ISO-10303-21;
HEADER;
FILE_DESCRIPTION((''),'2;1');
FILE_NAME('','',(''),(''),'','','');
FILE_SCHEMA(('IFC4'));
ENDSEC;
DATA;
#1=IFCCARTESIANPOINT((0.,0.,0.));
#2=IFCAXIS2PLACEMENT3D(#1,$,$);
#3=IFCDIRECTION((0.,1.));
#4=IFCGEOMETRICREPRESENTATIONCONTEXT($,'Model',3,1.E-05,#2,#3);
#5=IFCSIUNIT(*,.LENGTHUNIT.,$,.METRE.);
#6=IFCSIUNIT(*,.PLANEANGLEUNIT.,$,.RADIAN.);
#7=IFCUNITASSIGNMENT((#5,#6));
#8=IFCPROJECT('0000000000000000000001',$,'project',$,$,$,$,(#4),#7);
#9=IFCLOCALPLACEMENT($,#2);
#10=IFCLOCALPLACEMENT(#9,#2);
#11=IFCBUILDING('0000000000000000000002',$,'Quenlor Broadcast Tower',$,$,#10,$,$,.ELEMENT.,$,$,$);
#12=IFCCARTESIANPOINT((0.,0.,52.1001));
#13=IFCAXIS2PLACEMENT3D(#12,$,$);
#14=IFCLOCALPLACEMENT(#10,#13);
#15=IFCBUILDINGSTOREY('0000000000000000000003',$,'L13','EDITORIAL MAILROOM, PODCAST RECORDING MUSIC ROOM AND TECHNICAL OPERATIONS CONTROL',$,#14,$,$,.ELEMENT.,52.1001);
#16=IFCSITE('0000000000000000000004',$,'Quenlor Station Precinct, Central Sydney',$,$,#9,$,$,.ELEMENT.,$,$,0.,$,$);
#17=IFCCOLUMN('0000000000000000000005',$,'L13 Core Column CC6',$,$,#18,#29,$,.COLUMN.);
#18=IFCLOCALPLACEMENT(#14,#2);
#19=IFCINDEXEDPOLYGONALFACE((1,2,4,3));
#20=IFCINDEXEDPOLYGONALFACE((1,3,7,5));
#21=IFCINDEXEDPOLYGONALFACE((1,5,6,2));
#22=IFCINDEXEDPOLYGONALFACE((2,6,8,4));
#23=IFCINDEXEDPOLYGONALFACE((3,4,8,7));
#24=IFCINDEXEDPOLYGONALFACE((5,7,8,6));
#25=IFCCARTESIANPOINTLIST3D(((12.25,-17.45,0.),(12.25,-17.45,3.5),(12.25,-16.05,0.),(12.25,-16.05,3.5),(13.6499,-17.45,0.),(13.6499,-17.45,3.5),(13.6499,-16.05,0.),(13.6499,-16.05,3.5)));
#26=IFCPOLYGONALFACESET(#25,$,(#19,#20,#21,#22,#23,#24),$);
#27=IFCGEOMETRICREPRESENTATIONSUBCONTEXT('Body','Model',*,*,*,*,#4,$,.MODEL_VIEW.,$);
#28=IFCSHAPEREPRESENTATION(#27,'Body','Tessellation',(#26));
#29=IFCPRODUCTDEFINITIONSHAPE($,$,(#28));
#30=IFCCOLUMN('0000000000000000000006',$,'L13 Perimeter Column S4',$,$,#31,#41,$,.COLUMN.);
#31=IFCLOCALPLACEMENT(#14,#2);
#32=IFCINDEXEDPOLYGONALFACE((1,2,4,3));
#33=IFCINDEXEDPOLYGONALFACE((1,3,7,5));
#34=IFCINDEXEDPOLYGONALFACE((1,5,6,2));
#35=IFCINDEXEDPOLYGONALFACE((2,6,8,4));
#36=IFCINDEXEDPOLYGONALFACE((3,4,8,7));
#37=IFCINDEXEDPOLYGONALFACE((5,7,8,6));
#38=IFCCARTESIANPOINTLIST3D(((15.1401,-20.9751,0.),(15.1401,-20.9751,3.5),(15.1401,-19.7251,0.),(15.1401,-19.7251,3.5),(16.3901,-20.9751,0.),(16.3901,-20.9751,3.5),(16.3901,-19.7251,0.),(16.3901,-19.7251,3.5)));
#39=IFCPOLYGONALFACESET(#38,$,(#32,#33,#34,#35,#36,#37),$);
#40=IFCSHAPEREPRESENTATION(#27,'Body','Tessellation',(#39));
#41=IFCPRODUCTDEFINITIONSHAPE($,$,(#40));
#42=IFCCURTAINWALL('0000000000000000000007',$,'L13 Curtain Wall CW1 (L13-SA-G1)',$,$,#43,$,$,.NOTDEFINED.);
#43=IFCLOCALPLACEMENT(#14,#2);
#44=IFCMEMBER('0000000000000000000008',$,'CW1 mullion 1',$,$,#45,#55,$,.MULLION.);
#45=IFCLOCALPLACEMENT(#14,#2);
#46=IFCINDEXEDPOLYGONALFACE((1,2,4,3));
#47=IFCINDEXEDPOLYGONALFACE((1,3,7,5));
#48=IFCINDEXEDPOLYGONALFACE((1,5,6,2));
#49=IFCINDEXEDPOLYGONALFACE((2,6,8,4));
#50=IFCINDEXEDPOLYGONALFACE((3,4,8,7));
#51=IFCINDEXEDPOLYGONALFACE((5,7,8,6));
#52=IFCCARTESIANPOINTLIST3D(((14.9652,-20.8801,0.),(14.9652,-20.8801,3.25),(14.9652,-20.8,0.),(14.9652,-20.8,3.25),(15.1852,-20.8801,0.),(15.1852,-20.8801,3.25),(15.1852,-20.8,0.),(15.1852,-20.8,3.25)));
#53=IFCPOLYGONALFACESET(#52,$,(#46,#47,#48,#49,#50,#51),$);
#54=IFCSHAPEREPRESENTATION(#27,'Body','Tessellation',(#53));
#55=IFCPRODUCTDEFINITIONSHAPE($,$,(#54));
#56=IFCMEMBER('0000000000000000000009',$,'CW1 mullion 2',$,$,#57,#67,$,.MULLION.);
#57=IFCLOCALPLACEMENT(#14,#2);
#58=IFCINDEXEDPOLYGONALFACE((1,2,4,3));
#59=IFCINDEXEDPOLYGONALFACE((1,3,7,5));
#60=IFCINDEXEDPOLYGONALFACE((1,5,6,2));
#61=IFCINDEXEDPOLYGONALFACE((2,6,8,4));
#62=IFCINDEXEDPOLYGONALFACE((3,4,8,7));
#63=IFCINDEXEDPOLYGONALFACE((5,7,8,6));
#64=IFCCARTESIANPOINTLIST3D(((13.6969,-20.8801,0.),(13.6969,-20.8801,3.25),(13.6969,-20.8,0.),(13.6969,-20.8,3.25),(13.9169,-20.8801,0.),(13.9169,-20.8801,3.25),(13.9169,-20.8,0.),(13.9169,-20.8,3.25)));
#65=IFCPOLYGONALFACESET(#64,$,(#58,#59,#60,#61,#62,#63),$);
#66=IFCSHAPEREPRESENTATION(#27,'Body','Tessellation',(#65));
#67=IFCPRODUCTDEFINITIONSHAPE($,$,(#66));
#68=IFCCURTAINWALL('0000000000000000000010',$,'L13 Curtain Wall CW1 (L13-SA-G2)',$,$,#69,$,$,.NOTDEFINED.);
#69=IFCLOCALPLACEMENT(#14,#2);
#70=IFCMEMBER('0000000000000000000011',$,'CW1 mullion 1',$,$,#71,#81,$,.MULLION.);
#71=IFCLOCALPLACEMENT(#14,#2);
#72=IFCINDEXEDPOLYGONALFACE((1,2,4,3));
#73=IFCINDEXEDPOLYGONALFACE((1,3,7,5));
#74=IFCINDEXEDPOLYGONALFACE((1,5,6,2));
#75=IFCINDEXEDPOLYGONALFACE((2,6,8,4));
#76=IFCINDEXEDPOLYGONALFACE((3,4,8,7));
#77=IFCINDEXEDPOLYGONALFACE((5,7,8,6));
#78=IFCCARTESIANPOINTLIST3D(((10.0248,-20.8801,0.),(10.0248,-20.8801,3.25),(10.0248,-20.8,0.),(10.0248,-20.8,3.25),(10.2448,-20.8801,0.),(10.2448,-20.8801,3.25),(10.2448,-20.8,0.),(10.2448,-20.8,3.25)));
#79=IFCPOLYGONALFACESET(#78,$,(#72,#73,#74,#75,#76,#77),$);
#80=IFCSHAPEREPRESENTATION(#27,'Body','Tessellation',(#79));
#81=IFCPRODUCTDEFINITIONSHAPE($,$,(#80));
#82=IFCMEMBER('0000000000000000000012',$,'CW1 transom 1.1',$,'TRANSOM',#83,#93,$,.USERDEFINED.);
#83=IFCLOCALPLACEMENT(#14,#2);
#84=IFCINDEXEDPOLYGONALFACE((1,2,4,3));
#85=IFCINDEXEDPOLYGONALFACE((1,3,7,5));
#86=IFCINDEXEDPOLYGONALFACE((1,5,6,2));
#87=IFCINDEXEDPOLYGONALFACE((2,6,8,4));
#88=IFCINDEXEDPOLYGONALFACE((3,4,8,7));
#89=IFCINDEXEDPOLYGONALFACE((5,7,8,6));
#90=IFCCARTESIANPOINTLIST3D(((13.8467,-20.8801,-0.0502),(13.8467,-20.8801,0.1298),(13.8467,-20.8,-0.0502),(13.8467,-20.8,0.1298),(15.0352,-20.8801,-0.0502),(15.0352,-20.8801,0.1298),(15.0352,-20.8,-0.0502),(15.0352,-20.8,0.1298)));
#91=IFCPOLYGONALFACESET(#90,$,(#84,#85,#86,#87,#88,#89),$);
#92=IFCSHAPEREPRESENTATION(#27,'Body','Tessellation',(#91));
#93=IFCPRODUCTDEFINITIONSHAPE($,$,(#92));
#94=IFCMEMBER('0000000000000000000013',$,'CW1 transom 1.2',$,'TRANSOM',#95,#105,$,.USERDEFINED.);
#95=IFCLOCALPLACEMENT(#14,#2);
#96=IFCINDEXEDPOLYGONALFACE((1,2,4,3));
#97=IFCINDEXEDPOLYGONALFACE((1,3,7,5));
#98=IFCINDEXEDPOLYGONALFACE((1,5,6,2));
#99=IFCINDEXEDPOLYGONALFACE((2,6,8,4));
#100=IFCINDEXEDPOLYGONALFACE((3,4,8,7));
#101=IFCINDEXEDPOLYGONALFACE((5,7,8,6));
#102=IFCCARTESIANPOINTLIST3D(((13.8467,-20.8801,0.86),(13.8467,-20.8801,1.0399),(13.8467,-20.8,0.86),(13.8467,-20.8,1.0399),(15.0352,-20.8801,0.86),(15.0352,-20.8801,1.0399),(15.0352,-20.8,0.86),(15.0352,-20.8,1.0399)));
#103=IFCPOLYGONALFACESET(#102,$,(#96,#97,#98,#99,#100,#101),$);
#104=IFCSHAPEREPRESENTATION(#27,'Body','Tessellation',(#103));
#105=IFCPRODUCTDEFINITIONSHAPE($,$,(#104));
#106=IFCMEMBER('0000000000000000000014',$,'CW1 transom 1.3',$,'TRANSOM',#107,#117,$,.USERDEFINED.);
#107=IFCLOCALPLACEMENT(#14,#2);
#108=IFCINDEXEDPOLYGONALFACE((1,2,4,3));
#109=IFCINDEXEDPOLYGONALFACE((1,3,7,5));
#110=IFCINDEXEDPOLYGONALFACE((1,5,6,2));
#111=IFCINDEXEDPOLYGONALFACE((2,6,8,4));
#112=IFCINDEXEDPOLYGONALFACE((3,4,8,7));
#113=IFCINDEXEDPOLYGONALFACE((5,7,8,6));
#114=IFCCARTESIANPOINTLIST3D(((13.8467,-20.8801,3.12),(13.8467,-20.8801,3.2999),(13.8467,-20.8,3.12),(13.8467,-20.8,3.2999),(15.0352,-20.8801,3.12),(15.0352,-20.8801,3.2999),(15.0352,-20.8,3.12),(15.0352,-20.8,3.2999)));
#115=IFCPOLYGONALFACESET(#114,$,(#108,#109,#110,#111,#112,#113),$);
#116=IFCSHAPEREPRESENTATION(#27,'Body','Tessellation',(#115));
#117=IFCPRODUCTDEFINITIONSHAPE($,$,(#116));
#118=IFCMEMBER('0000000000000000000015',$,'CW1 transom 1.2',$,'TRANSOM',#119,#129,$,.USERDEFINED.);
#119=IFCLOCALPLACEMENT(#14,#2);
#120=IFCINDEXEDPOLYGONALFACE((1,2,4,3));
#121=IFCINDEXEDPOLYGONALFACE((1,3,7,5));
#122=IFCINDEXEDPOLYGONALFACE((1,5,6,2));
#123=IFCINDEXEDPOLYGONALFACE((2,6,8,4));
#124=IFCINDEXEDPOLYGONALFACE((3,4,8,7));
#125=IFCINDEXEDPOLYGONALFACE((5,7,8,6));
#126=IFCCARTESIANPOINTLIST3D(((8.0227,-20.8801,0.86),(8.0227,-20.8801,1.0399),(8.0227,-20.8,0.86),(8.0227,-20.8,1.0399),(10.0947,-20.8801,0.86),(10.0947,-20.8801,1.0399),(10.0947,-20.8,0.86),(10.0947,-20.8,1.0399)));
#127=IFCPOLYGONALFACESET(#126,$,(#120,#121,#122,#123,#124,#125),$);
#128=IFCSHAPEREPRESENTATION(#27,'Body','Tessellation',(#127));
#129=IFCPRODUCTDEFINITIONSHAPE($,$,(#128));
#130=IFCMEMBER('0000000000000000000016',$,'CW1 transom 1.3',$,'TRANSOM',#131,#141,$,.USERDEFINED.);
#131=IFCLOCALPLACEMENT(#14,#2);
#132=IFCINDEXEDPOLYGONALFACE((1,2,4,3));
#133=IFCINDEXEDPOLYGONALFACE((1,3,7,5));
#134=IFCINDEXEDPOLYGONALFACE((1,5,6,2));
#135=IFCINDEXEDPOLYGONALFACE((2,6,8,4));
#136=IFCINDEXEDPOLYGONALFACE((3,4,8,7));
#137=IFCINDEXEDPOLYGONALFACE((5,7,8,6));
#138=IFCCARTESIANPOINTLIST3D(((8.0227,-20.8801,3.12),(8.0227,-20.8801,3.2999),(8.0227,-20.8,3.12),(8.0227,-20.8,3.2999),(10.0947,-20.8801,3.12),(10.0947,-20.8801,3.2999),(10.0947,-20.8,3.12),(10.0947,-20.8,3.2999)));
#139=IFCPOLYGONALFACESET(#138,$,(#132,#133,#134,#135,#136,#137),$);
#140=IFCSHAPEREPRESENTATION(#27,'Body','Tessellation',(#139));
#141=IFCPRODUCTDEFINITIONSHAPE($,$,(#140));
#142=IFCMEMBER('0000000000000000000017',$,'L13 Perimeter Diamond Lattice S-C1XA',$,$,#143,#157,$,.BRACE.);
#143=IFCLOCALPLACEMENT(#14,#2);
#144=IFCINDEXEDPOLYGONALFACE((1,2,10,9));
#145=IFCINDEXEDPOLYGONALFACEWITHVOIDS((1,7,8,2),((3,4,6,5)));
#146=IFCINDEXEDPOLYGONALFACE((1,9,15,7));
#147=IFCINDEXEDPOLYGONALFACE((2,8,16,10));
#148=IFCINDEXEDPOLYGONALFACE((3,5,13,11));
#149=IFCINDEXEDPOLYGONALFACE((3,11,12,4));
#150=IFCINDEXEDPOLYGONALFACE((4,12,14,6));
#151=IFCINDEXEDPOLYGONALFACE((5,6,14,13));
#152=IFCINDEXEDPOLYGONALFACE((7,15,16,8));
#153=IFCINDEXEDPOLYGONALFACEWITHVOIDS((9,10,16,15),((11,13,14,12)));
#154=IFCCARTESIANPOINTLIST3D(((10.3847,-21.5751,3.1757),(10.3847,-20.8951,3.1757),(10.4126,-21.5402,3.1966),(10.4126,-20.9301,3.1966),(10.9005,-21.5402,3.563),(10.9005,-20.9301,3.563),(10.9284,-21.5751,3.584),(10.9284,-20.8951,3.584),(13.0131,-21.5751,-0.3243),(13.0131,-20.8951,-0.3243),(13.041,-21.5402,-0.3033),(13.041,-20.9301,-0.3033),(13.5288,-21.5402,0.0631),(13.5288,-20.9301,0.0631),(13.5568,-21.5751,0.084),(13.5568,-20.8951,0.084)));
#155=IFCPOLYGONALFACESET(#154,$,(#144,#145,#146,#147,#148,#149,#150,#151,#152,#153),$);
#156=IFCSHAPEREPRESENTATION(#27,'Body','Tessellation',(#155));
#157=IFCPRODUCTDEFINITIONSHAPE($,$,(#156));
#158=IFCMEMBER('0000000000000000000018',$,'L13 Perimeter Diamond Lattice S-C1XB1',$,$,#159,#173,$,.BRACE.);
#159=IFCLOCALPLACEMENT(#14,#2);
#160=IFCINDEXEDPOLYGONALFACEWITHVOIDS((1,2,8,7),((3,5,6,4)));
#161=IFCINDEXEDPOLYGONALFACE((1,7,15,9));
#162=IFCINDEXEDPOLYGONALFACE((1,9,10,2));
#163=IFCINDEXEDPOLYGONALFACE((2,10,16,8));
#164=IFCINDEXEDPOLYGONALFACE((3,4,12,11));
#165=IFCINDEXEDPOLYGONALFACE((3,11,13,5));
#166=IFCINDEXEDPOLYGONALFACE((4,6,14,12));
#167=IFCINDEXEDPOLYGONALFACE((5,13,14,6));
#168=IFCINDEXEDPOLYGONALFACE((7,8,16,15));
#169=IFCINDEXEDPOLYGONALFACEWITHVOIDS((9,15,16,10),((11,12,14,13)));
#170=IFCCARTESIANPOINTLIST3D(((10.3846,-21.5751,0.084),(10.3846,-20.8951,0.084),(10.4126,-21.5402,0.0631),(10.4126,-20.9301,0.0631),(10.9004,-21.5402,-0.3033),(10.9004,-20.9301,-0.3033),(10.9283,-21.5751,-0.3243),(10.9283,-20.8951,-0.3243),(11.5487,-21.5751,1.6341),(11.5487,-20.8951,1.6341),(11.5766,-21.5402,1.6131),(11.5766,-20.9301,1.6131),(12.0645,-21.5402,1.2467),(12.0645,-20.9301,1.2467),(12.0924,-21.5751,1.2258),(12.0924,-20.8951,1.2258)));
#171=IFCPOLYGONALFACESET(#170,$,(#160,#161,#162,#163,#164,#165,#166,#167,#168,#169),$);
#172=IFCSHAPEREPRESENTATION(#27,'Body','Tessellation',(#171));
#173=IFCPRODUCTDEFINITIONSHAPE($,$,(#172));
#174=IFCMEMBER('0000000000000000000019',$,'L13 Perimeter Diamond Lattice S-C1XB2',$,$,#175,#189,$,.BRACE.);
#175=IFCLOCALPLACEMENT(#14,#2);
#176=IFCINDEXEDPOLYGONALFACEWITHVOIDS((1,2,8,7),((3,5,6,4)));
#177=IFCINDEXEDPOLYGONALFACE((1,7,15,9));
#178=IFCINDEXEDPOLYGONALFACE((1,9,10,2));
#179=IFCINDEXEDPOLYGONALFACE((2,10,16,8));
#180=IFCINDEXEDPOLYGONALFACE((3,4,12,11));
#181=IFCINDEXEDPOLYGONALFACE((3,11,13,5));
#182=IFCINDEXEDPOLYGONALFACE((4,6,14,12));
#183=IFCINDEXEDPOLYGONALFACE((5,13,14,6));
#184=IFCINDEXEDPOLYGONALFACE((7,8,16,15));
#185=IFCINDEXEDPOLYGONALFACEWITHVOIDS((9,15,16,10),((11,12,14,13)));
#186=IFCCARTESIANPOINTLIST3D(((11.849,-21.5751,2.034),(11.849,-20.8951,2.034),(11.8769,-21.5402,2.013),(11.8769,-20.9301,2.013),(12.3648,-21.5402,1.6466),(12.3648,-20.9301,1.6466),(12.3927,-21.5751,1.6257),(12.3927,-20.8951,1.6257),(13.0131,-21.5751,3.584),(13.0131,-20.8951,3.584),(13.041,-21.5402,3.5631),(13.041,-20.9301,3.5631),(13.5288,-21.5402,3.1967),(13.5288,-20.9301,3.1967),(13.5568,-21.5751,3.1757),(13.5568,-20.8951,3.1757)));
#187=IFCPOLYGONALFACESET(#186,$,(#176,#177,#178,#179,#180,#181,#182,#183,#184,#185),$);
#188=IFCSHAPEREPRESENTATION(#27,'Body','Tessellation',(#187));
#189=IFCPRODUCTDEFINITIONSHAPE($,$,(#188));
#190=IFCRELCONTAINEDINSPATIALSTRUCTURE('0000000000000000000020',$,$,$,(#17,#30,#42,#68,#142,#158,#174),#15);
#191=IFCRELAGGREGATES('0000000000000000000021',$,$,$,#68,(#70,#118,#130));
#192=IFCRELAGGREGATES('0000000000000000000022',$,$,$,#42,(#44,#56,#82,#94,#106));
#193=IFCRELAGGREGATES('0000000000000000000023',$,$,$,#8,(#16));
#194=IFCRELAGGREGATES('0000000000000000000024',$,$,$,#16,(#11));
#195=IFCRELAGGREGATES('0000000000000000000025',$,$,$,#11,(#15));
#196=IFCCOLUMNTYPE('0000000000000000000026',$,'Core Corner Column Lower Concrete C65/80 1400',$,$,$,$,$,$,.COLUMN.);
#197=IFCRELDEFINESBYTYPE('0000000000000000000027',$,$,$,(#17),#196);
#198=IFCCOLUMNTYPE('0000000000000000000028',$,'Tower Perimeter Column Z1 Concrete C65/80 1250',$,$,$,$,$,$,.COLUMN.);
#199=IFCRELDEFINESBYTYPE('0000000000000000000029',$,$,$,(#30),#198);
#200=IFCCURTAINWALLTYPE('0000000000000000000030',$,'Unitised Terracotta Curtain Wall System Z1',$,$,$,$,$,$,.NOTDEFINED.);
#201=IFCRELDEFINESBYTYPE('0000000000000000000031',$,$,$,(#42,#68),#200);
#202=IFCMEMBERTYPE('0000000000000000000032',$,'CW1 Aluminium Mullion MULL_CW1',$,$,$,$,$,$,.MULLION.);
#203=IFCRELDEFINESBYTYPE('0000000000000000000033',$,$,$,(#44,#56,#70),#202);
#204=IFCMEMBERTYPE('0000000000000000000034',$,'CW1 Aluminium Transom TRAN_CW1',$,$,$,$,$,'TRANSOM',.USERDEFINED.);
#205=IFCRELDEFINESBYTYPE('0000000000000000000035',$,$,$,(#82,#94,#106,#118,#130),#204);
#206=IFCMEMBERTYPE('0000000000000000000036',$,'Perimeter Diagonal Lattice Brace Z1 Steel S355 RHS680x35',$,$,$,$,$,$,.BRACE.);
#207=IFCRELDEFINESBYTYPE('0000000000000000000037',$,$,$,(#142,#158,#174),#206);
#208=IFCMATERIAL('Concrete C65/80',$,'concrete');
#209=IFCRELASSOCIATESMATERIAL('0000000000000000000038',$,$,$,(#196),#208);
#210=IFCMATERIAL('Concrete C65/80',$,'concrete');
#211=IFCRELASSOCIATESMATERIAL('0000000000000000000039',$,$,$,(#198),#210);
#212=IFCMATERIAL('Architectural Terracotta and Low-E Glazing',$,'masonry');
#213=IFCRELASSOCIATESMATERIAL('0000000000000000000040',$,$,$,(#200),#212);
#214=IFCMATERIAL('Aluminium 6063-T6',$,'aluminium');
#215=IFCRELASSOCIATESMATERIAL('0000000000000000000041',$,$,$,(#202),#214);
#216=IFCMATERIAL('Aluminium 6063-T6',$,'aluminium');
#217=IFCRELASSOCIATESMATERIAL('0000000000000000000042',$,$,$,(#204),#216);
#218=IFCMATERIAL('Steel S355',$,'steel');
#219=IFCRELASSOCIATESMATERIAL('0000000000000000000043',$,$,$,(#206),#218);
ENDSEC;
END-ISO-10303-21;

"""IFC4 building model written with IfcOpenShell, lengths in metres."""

from ifc_helpers import new_model, si_unit, direction, frame, origin, origin_2d, place, context, subcontext, project, spatial, rectangle, hollow_rectangle, extrude, material, material_profile, profile_set, type_object, element, aggregate, save


model = new_model("IFC4")

# Units and contexts
model_context = context("Model", 3, precision=1e-05, world=origin(), true_north=direction((0.0, 1.0)))
body_context = subcontext(model_context, "Body", "Model", "MODEL_VIEW")
ifc_project = project(units=[si_unit("LENGTHUNIT", "METRE"), si_unit("PLANEANGLEUNIT", "RADIAN")], contexts=[model_context])

# Site, building, storey
site_placement = place(None, origin())
site = spatial("IfcSite", under=ifc_project, at=site_placement, Name="Quenlor Station Precinct, Central Sydney", CompositionType="ELEMENT", RefElevation=0.0)
building_placement = place(site_placement, origin())
building = spatial("IfcBuilding", under=site, at=building_placement, Name="Quenlor Broadcast Tower", CompositionType="ELEMENT")
storey_placement = place(building_placement, frame((0.0, 0.0, 52.1001)))
storey = spatial("IfcBuildingStorey", under=building, at=storey_placement, Name="L13", Description="EDITORIAL MAILROOM, PODCAST RECORDING MUSIC ROOM AND TECHNICAL OPERATIONS CONTROL", CompositionType="ELEMENT", Elevation=52.1001)

# Columns
ifc_material_1 = material(Name="Concrete C65/80", Category="concrete")
ifc_material_profile_1 = material_profile(ifc_material_1, rectangle(XDim=1.3999, YDim=1.3999, at=origin_2d()))
ifc_profile_set_1 = profile_set([ifc_material_profile_1], Name="Concrete C65/80 RC1400x1400")
column_type_1 = type_object("IfcColumnType", Name="Core Corner Column Lower Concrete C65/80 1400", PredefinedType="COLUMN", material=ifc_profile_set_1)
column_1_placement = place(storey_placement, frame((12.95, -16.75, 0.0), z_axis=(0.0, 0.0, 1.0), x_axis=(1.0, 0.0, 0.0)))
element("IfcColumn", 1, at=column_1_placement, inside=storey, type_object=column_type_1, Name="L13 Core Column CC6", PredefinedType="COLUMN", context=body_context, shape_type="SweptSolid", body=[
    extrude(rectangle(XDim=1.3999, YDim=1.3999, at=origin_2d()), origin(), (0.0, 0.0, 1.0), 3.5),
])
ifc_material_2 = material(Name="Concrete C65/80", Category="concrete")
ifc_material_profile_2 = material_profile(ifc_material_2, rectangle(XDim=1.25, YDim=1.25, at=origin_2d()))
ifc_profile_set_2 = profile_set([ifc_material_profile_2], Name="Concrete C65/80 RC1250x1250")
column_type_2 = type_object("IfcColumnType", Name="Tower Perimeter Column Z1 Concrete C65/80 1250", PredefinedType="COLUMN", material=ifc_profile_set_2)
column_2_placement = place(storey_placement, frame((15.7651, -20.3501, 0.0), z_axis=(0.0, 0.0, 1.0), x_axis=(0.0, 1.0, 0.0)))
element("IfcColumn", 2, at=column_2_placement, inside=storey, type_object=column_type_2, Name="L13 Perimeter Column S4", PredefinedType="COLUMN", context=body_context, shape_type="SweptSolid", body=[
    extrude(rectangle(XDim=1.25, YDim=1.25, at=origin_2d()), origin(), (0.0, 0.0, 1.0), 3.5),
])

# Curtain wall, members
ifc_material_3 = material(Name="Architectural Terracotta and Low-E Glazing", Category="masonry")
curtain_wall_type = type_object("IfcCurtainWallType", Name="Unitised Terracotta Curtain Wall System Z1", PredefinedType="NOTDEFINED", material=ifc_material_3)
curtain_wall_1_placement = place(storey_placement, origin())
curtain_wall_1 = element("IfcCurtainWall", 3, at=curtain_wall_1_placement, inside=storey, type_object=curtain_wall_type, Name="L13 Curtain Wall CW1 (L13-SA-G1)", PredefinedType="NOTDEFINED")
ifc_material_4 = material(Name="Aluminium 6063-T6", Category="aluminium")
ifc_material_profile_3 = material_profile(ifc_material_4, rectangle(XDim=0.0801, YDim=0.22, at=origin_2d()))
ifc_profile_set_3 = profile_set([ifc_material_profile_3], Name="Aluminium 6063-T6 MULL80x220")
member_type_1 = type_object("IfcMemberType", Name="CW1 Aluminium Mullion MULL_CW1", PredefinedType="MULLION", material=ifc_profile_set_3)
member_1_placement = place(storey_placement, frame((15.0752, -20.8401, 0.0), z_axis=(0.0, 0.0, 1.0), x_axis=(0.0, -1.0, 0.0)))
member_1 = element("IfcMember", 4, at=member_1_placement, type_object=member_type_1, Name="CW1 mullion 1", PredefinedType="MULLION", context=body_context, shape_type="SweptSolid", body=[
    extrude(rectangle(XDim=0.0801, YDim=0.22, at=origin_2d()), origin(), (0.0, 0.0, 1.0), 3.25),
])
member_2_placement = place(storey_placement, frame((13.8069, -20.8401, 0.0), z_axis=(0.0, 0.0, 1.0), x_axis=(0.0, -1.0, 0.0)))
member_2 = element("IfcMember", 5, at=member_2_placement, type_object=member_type_1, Name="CW1 mullion 2", PredefinedType="MULLION", context=body_context, shape_type="SweptSolid", body=[
    extrude(rectangle(XDim=0.0801, YDim=0.22, at=origin_2d()), origin(), (0.0, 0.0, 1.0), 3.25),
])

# Curtain wall, member
curtain_wall_2_placement = place(storey_placement, origin())
curtain_wall_2 = element("IfcCurtainWall", 6, at=curtain_wall_2_placement, inside=storey, type_object=curtain_wall_type, Name="L13 Curtain Wall CW1 (L13-SA-G2)", PredefinedType="NOTDEFINED")
member_3_placement = place(storey_placement, frame((10.1348, -20.8401, 0.0), z_axis=(0.0, 0.0, 1.0), x_axis=(0.0, -1.0, 0.0)))
member_3 = element("IfcMember", 7, at=member_3_placement, type_object=member_type_1, Name="CW1 mullion 1", PredefinedType="MULLION", context=body_context, shape_type="SweptSolid", body=[
    extrude(rectangle(XDim=0.0801, YDim=0.22, at=origin_2d()), origin(), (0.0, 0.0, 1.0), 3.25),
])

# Members
ifc_material_5 = material(Name="Aluminium 6063-T6", Category="aluminium")
ifc_material_profile_4 = material_profile(ifc_material_5, rectangle(XDim=0.0801, YDim=0.1799, at=origin_2d()))
ifc_profile_set_4 = profile_set([ifc_material_profile_4], Name="Aluminium 6063-T6 TRAN80x180")
member_type_2 = type_object("IfcMemberType", Name="CW1 Aluminium Transom TRAN_CW1", ElementType="TRANSOM", PredefinedType="USERDEFINED", material=ifc_profile_set_4)
member_4_placement = place(storey_placement, frame((15.0352, -20.8401, 0.0398), z_axis=(-1.0, 0.0, 0.0), x_axis=(0.0, -1.0, 0.0)))
member_4 = element("IfcMember", 8, at=member_4_placement, type_object=member_type_2, Name="CW1 transom 1.1", ObjectType="TRANSOM", PredefinedType="USERDEFINED", context=body_context, shape_type="SweptSolid", body=[
    extrude(rectangle(XDim=0.0801, YDim=0.1799, at=origin_2d()), origin(), (0.0, 0.0, 1.0), 1.1885),
])
member_5_placement = place(storey_placement, frame((15.0352, -20.8401, 0.95), z_axis=(-1.0, 0.0, 0.0), x_axis=(0.0, -1.0, 0.0)))
member_5 = element("IfcMember", 9, at=member_5_placement, type_object=member_type_2, Name="CW1 transom 1.2", ObjectType="TRANSOM", PredefinedType="USERDEFINED", context=body_context, shape_type="SweptSolid", body=[
    extrude(rectangle(XDim=0.0801, YDim=0.1799, at=origin_2d()), origin(), (0.0, 0.0, 1.0), 1.1885),
])
member_6_placement = place(storey_placement, frame((15.0352, -20.8401, 3.21), z_axis=(-1.0, 0.0, 0.0), x_axis=(0.0, -1.0, 0.0)))
member_6 = element("IfcMember", 10, at=member_6_placement, type_object=member_type_2, Name="CW1 transom 1.3", ObjectType="TRANSOM", PredefinedType="USERDEFINED", context=body_context, shape_type="SweptSolid", body=[
    extrude(rectangle(XDim=0.0801, YDim=0.1799, at=origin_2d()), origin(), (0.0, 0.0, 1.0), 1.1885),
])
member_7_placement = place(storey_placement, frame((10.0947, -20.8401, 0.95), z_axis=(-1.0, 0.0, 0.0), x_axis=(0.0, -1.0, 0.0)))
member_7 = element("IfcMember", 11, at=member_7_placement, type_object=member_type_2, Name="CW1 transom 1.2", ObjectType="TRANSOM", PredefinedType="USERDEFINED", context=body_context, shape_type="SweptSolid", body=[
    extrude(rectangle(XDim=0.0801, YDim=0.1799, at=origin_2d()), origin(), (0.0, 0.0, 1.0), 2.072),
])
member_8_placement = place(storey_placement, frame((10.0947, -20.8401, 3.21), z_axis=(-1.0, 0.0, 0.0), x_axis=(0.0, -1.0, 0.0)))
member_8 = element("IfcMember", 12, at=member_8_placement, type_object=member_type_2, Name="CW1 transom 1.3", ObjectType="TRANSOM", PredefinedType="USERDEFINED", context=body_context, shape_type="SweptSolid", body=[
    extrude(rectangle(XDim=0.0801, YDim=0.1799, at=origin_2d()), origin(), (0.0, 0.0, 1.0), 2.072),
])
aggregate(curtain_wall_2, [member_3, member_7, member_8])

# Members
ifc_material_6 = material(Name="Steel S355", Category="steel")
ifc_material_profile_5 = material_profile(ifc_material_6, hollow_rectangle(XDim=0.6799, YDim=0.6799, WallThickness=0.0349, at=origin_2d()))
ifc_profile_set_5 = profile_set([ifc_material_profile_5], Name="Steel S355 RHS680x680x35")
member_type_3 = type_object("IfcMemberType", Name="Perimeter Diagonal Lattice Brace Z1 Steel S355 RHS680x35", PredefinedType="BRACE", material=ifc_profile_set_5)
member_9_placement = place(storey_placement, frame((13.2849, -21.2351, -0.1201), z_axis=(-0.6005, 0.0, 0.799625), x_axis=(0.0, -1.0, 0.0)))
element("IfcMember", 13, at=member_9_placement, inside=storey, type_object=member_type_3, Name="L13 Perimeter Diamond Lattice S-C1XA", PredefinedType="BRACE", context=body_context, shape_type="SweptSolid", body=[
    extrude(hollow_rectangle(XDim=0.6799, YDim=0.6799, WallThickness=0.0349, at=origin_2d()), origin(), (0.0, 0.0, 1.0), 4.377),
])
for number, where, z_axis, x_axis, name in (
    (14, (10.6565, -21.2351, -0.1201), (0.600504, 0.0, 0.799622), (0.0, 1.0, 0.0), "L13 Perimeter Diamond Lattice S-C1XB1"),
    (15, (12.1208, -21.2351, 1.8298), (0.600504, 0.0, 0.799622), (0.0, 1.0, 0.0), "L13 Perimeter Diamond Lattice S-C1XB2"),
):
    element("IfcMember", number, at=place(storey_placement, frame(where, z_axis=z_axis, x_axis=x_axis)), inside=storey, type_object=member_type_3, Name=name, PredefinedType="BRACE", context=body_context, shape_type="SweptSolid", body=[
        extrude(hollow_rectangle(XDim=0.6799, YDim=0.6799, WallThickness=0.0349, at=origin_2d()), origin(), (0.0, 0.0, 1.0), 1.9385),
    ])

aggregate(curtain_wall_1, [member_1, member_2, member_4, member_5, member_6])

save(model, "model.ifc")
